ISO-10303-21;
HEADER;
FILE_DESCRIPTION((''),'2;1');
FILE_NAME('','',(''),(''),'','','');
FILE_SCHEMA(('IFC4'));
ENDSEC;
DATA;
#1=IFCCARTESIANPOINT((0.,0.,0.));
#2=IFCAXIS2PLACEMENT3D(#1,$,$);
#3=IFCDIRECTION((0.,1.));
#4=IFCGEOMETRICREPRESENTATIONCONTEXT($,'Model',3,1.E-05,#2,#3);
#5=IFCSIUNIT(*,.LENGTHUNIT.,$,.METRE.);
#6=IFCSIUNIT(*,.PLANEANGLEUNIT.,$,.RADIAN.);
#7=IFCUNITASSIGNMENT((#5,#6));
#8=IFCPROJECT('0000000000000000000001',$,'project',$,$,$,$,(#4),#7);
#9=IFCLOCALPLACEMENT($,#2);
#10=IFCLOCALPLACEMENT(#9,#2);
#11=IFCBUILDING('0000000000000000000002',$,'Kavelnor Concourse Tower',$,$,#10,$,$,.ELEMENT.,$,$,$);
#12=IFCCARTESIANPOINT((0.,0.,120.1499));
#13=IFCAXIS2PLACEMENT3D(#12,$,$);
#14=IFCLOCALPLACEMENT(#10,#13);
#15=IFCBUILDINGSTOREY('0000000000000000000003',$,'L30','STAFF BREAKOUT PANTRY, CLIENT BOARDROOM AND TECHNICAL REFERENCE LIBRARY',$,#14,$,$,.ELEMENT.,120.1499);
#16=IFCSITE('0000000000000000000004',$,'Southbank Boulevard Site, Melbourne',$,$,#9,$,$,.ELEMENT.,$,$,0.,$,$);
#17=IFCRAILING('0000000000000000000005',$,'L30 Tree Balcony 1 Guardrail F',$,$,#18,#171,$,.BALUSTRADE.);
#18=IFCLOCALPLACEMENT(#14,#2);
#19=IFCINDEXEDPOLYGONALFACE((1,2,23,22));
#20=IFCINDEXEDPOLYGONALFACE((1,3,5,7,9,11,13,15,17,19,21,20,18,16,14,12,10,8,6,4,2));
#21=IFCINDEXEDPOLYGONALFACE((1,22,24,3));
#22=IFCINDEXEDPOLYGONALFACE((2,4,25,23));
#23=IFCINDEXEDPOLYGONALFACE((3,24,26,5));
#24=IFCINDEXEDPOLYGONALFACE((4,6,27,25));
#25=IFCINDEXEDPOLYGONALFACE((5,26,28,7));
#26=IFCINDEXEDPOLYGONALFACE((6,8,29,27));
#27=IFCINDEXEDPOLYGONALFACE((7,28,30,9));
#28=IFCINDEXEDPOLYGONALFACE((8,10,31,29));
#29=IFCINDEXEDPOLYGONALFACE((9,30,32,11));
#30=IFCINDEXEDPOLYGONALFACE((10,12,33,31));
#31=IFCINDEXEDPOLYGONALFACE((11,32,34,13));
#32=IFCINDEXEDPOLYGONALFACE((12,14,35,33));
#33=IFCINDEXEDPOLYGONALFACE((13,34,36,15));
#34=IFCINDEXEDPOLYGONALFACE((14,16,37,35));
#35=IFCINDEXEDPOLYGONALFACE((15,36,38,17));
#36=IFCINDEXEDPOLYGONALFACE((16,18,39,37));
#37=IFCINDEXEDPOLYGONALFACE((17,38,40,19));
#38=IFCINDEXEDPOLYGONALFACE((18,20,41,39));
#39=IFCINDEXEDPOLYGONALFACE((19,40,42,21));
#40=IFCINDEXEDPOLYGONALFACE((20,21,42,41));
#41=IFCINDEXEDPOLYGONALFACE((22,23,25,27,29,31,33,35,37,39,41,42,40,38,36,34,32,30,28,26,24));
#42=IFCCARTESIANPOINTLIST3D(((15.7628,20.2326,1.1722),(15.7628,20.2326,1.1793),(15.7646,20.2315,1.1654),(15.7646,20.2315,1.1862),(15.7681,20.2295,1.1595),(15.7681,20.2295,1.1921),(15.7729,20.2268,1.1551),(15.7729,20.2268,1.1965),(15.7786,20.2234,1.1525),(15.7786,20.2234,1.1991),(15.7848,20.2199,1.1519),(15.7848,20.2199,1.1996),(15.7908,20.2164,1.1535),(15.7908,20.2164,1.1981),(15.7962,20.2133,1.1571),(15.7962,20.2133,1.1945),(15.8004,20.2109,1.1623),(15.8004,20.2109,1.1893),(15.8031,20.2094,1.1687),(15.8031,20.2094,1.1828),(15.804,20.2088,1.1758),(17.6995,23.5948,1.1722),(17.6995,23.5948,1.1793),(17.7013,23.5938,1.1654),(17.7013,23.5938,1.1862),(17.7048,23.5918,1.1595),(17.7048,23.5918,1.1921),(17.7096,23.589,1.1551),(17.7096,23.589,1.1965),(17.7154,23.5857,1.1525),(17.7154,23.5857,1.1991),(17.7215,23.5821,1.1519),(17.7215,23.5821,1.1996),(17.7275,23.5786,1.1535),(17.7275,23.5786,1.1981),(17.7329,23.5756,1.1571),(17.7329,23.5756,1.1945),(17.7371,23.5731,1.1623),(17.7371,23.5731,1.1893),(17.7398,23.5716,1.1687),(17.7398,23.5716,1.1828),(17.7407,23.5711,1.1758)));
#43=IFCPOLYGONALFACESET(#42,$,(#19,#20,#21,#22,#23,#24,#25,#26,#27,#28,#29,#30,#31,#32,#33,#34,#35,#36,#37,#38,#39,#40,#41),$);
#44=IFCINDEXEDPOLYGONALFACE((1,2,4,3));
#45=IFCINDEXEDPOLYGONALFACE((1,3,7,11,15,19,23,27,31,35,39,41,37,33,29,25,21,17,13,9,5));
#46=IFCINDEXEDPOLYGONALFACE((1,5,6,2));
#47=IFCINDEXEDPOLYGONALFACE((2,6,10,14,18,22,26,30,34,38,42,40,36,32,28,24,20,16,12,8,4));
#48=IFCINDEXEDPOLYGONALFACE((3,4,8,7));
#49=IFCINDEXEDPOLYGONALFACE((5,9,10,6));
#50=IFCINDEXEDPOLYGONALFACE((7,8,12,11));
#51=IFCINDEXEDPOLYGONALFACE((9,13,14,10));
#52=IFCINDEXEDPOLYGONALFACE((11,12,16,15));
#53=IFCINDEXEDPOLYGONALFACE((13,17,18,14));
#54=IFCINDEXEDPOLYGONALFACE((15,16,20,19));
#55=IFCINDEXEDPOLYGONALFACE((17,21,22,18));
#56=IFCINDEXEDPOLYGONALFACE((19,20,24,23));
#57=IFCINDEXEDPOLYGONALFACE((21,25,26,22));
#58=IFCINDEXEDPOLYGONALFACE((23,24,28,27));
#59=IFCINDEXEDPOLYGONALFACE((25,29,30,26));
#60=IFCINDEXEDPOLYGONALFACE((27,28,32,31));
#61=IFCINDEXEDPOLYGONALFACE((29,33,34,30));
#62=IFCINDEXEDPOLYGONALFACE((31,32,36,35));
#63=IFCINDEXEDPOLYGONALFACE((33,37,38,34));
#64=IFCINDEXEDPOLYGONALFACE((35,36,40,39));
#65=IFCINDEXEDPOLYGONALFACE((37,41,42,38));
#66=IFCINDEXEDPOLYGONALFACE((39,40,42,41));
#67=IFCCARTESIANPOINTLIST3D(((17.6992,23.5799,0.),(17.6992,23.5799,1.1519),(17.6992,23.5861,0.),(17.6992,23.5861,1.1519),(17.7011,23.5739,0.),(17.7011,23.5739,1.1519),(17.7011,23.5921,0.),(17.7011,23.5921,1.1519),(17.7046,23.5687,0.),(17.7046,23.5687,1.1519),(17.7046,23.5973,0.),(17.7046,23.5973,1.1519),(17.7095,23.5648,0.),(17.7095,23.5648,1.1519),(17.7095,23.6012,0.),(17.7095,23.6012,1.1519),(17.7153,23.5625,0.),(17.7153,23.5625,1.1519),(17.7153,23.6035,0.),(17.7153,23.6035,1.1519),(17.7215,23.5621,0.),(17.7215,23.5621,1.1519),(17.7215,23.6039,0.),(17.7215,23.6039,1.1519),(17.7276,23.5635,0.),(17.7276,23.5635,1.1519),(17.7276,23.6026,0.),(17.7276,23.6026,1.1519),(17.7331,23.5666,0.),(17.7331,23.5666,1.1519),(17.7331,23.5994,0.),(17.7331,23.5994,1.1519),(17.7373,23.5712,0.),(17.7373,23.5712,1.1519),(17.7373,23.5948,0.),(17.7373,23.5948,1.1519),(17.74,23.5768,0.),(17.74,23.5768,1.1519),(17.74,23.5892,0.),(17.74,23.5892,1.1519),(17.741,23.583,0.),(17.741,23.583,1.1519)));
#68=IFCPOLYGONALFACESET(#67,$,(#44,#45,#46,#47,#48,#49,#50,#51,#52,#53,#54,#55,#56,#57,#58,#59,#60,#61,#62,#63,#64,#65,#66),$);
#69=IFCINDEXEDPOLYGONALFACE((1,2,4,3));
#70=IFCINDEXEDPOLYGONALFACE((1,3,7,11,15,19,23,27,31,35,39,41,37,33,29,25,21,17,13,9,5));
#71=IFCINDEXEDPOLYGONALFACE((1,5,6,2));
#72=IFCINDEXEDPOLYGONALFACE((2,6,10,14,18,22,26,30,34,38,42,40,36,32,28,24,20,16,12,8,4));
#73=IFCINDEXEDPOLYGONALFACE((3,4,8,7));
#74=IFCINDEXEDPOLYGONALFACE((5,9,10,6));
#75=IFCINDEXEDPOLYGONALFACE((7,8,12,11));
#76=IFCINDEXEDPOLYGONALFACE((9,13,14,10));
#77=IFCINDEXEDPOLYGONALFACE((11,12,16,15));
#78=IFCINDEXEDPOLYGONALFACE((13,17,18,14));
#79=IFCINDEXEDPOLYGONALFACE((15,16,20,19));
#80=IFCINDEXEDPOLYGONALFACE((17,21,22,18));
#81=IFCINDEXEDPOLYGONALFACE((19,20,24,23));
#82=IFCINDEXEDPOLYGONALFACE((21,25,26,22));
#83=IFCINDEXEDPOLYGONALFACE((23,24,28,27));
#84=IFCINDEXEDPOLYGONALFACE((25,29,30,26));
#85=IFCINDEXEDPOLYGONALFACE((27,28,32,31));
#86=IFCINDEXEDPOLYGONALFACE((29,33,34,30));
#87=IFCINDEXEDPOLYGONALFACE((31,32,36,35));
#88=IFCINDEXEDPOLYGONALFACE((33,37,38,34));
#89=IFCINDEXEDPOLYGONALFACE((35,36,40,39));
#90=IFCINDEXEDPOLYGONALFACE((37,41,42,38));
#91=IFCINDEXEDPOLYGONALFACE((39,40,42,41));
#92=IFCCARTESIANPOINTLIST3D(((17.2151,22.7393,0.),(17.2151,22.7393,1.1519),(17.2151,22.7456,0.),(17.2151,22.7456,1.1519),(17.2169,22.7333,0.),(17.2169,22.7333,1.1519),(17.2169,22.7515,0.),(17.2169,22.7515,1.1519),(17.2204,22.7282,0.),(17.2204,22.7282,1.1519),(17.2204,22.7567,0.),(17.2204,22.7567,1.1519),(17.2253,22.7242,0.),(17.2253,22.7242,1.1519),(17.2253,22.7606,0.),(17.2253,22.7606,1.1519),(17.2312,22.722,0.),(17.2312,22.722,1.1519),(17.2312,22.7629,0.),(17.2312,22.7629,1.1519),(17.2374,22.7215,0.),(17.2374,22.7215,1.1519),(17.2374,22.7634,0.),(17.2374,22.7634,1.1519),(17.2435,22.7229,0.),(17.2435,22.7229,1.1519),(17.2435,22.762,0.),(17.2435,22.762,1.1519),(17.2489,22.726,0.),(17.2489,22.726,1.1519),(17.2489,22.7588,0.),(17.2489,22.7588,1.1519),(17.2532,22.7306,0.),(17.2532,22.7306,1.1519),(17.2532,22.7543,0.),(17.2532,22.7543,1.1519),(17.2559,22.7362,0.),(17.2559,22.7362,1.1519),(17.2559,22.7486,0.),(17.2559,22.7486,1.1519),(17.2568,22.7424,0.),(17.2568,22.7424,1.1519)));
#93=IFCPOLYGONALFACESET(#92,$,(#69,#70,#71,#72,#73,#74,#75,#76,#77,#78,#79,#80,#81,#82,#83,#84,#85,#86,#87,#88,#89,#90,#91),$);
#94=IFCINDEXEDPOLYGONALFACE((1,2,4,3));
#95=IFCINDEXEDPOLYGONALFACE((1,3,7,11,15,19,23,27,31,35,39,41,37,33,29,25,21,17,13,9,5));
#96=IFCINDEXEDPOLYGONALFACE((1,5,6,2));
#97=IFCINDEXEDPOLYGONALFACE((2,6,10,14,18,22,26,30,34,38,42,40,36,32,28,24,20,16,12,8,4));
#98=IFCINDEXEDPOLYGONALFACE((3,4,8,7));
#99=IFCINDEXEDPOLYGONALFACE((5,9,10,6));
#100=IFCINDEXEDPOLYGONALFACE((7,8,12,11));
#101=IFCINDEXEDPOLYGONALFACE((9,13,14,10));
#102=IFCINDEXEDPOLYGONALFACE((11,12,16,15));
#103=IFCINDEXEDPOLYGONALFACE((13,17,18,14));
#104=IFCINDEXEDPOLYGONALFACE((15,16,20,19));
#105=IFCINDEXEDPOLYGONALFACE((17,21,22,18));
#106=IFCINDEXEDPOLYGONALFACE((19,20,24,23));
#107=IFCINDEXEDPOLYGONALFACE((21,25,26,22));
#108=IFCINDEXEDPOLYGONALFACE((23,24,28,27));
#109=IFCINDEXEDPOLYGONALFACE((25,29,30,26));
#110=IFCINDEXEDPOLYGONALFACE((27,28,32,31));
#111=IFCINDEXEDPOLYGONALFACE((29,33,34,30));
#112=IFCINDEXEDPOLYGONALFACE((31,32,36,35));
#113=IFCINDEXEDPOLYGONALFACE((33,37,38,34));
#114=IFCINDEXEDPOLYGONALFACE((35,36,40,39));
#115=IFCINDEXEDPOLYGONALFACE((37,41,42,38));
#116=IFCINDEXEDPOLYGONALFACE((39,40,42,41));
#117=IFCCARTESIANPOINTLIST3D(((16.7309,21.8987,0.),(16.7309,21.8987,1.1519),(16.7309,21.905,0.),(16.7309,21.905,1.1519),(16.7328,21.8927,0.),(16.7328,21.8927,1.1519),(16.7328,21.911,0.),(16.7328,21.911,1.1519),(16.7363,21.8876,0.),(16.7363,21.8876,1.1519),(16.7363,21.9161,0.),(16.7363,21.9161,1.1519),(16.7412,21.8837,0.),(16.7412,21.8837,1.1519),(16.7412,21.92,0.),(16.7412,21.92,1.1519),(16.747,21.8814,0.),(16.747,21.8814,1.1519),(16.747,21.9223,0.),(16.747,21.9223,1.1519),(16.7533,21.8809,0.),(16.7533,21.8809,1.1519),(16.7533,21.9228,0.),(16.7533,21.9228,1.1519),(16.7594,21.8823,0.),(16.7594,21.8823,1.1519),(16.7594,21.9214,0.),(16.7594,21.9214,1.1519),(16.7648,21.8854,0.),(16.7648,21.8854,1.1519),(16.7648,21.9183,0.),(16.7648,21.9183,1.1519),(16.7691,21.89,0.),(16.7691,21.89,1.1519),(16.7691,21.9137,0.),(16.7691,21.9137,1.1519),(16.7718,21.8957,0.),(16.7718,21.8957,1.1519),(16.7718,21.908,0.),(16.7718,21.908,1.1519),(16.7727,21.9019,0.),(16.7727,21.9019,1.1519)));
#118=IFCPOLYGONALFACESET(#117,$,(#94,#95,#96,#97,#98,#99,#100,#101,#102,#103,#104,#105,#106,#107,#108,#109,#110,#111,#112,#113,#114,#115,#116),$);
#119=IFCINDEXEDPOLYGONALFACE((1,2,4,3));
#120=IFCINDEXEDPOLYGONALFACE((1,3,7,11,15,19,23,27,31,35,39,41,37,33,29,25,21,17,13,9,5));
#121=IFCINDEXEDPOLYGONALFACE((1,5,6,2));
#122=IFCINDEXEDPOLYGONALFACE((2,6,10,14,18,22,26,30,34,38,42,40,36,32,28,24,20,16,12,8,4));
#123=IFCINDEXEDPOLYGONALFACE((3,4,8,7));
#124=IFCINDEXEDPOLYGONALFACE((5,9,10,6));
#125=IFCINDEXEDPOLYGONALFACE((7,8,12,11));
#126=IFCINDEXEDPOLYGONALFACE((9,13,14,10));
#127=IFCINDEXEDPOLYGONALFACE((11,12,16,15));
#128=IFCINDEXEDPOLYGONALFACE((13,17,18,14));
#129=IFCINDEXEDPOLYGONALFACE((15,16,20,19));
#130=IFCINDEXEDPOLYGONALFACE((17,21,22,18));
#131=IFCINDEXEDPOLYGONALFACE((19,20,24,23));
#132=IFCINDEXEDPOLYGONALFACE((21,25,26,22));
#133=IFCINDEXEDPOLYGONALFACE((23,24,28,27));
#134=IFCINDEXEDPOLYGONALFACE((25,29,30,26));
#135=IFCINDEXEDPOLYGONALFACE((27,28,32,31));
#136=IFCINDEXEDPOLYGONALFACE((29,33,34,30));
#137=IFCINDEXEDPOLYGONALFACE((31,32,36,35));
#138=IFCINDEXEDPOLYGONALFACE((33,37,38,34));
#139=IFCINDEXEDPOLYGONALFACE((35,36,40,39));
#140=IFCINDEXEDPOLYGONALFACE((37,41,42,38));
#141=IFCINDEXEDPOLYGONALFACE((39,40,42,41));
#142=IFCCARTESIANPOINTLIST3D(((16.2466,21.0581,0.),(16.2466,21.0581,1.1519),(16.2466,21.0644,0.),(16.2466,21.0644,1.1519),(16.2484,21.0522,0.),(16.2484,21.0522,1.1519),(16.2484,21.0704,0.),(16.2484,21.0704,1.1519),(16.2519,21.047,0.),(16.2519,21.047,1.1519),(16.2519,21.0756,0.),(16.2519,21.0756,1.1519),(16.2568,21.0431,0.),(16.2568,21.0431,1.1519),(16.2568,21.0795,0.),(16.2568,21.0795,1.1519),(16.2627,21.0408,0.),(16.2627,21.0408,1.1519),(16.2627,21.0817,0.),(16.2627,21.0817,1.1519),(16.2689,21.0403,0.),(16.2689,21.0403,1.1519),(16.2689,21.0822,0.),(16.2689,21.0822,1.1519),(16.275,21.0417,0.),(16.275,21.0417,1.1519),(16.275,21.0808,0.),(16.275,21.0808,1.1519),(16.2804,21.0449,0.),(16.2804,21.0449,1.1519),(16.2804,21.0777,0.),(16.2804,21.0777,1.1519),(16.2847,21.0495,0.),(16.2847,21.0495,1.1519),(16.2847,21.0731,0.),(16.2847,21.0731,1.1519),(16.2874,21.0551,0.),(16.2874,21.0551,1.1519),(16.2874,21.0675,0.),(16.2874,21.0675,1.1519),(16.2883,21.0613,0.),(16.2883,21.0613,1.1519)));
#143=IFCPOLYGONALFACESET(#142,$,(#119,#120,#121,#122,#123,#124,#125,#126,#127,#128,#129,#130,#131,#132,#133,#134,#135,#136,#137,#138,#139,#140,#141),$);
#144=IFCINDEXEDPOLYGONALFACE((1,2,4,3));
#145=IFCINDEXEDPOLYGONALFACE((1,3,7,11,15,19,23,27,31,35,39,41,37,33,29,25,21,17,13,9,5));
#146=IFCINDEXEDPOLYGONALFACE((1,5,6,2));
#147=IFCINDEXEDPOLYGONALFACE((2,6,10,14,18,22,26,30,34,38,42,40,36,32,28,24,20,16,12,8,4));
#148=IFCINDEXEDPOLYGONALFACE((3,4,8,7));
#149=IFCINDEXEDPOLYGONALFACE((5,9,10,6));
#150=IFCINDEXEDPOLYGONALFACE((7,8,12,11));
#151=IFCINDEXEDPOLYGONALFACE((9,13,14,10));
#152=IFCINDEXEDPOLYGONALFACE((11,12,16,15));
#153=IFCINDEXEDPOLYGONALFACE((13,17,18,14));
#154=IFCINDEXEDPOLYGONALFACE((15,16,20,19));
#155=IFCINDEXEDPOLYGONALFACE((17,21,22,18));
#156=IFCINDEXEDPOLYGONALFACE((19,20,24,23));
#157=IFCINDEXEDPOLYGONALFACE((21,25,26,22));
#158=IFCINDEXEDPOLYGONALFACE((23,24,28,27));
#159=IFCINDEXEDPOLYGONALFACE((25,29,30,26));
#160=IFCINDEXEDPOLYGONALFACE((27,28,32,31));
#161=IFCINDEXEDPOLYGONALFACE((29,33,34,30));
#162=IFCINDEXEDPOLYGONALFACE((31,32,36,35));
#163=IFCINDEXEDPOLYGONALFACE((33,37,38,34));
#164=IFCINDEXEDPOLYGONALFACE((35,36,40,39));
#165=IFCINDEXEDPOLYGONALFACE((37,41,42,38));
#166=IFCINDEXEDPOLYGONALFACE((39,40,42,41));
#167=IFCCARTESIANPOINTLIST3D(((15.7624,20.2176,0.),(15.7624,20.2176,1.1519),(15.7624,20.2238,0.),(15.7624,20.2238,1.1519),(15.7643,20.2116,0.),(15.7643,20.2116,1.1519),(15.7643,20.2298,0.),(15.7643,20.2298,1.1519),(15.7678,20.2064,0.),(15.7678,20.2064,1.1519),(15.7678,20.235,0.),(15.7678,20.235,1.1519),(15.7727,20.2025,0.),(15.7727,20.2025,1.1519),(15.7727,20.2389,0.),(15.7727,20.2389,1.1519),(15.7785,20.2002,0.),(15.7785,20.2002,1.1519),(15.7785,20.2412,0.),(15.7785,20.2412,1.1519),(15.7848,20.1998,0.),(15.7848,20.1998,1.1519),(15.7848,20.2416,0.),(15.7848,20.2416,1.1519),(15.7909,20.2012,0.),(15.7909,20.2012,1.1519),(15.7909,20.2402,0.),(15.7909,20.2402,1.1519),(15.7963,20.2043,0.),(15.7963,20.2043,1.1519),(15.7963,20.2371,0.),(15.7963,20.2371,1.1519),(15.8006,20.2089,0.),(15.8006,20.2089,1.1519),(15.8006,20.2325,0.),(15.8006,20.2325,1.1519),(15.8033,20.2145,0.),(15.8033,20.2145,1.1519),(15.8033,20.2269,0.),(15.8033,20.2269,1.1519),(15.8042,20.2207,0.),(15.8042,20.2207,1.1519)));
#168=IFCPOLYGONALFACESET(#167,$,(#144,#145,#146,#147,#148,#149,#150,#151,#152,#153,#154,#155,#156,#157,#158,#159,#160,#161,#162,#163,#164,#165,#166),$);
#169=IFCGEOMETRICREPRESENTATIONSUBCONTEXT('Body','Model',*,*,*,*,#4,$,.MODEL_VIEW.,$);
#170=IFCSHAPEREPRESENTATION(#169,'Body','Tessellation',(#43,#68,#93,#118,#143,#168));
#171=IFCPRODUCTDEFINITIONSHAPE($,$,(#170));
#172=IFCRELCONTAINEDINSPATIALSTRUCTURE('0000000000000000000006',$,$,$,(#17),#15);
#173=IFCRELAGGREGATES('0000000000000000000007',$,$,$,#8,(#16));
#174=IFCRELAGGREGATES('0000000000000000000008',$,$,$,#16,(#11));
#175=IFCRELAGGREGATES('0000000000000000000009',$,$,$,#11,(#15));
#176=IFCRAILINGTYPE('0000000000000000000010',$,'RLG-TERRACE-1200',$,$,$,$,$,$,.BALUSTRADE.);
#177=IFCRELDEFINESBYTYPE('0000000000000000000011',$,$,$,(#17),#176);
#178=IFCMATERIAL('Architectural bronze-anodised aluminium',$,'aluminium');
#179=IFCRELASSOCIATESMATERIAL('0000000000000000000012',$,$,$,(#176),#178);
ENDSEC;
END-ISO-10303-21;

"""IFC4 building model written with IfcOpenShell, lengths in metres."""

from ifc_helpers import new_model, si_unit, direction, frame, origin, origin_2d, place, context, subcontext, project, spatial, circle, extrude, material, type_object, element, save


model = new_model("IFC4")

# Units and contexts
model_context = context("Model", 3, precision=1e-05, world=origin(), true_north=direction((0.0, 1.0)))
body_context = subcontext(model_context, "Body", "Model", "MODEL_VIEW")
ifc_project = project(units=[si_unit("LENGTHUNIT", "METRE"), si_unit("PLANEANGLEUNIT", "RADIAN")], contexts=[model_context])

# Site, building, storey
site_placement = place(None, origin())
site = spatial("IfcSite", under=ifc_project, at=site_placement, Name="Southbank Boulevard Site, Melbourne", CompositionType="ELEMENT", RefElevation=0.0)
building_placement = place(site_placement, origin())
building = spatial("IfcBuilding", under=site, at=building_placement, Name="Kavelnor Concourse Tower", CompositionType="ELEMENT")
storey_placement = place(building_placement, frame((0.0, 0.0, 120.1499)))
storey = spatial("IfcBuildingStorey", under=building, at=storey_placement, Name="L30", Description="STAFF BREAKOUT PANTRY, CLIENT BOARDROOM AND TECHNICAL REFERENCE LIBRARY", CompositionType="ELEMENT", Elevation=120.1499)

# Railing
ifc_material_1 = material(Name="Architectural bronze-anodised aluminium", Category="aluminium")
railing_type = type_object("IfcRailingType", Name="RLG-TERRACE-1200", PredefinedType="BALUSTRADE", material=ifc_material_1)
railing_placement = place(storey_placement, frame((17.72, 23.583, 0.0)))
element("IfcRailing", 1, at=railing_placement, inside=storey, type_object=railing_type, Name="L30 Tree Balcony 1 Guardrail F", PredefinedType="BALUSTRADE", context=body_context, shape_type="SweptSolid", body=[
    extrude(circle(Radius=0.0239, at=origin_2d()), frame((0.0, 0.0, 1.1758), z_axis=(-0.499138, -0.866523, 0.0), x_axis=(0.866523, -0.499138, 0.0)), (0.0, 0.0, 1.0), 3.8801),
    extrude(circle(Radius=0.021, at=origin_2d()), origin(), (0.0, 0.0, 1.0), 1.1519),
    extrude(circle(Radius=0.021, at=origin_2d()), frame((-0.4841, -0.8406, 0.0)), (0.0, 0.0, 1.0), 1.1519),
    extrude(circle(Radius=0.021, at=origin_2d()), frame((-0.9683, -1.6812, 0.0)), (0.0, 0.0, 1.0), 1.1519),
    extrude(circle(Radius=0.021, at=origin_2d()), frame((-1.4526, -2.5217, 0.0)), (0.0, 0.0, 1.0), 1.1519),
    extrude(circle(Radius=0.021, at=origin_2d()), frame((-1.9368, -3.3623, 0.0)), (0.0, 0.0, 1.0), 1.1519),
])

save(model, "model.ifc")
